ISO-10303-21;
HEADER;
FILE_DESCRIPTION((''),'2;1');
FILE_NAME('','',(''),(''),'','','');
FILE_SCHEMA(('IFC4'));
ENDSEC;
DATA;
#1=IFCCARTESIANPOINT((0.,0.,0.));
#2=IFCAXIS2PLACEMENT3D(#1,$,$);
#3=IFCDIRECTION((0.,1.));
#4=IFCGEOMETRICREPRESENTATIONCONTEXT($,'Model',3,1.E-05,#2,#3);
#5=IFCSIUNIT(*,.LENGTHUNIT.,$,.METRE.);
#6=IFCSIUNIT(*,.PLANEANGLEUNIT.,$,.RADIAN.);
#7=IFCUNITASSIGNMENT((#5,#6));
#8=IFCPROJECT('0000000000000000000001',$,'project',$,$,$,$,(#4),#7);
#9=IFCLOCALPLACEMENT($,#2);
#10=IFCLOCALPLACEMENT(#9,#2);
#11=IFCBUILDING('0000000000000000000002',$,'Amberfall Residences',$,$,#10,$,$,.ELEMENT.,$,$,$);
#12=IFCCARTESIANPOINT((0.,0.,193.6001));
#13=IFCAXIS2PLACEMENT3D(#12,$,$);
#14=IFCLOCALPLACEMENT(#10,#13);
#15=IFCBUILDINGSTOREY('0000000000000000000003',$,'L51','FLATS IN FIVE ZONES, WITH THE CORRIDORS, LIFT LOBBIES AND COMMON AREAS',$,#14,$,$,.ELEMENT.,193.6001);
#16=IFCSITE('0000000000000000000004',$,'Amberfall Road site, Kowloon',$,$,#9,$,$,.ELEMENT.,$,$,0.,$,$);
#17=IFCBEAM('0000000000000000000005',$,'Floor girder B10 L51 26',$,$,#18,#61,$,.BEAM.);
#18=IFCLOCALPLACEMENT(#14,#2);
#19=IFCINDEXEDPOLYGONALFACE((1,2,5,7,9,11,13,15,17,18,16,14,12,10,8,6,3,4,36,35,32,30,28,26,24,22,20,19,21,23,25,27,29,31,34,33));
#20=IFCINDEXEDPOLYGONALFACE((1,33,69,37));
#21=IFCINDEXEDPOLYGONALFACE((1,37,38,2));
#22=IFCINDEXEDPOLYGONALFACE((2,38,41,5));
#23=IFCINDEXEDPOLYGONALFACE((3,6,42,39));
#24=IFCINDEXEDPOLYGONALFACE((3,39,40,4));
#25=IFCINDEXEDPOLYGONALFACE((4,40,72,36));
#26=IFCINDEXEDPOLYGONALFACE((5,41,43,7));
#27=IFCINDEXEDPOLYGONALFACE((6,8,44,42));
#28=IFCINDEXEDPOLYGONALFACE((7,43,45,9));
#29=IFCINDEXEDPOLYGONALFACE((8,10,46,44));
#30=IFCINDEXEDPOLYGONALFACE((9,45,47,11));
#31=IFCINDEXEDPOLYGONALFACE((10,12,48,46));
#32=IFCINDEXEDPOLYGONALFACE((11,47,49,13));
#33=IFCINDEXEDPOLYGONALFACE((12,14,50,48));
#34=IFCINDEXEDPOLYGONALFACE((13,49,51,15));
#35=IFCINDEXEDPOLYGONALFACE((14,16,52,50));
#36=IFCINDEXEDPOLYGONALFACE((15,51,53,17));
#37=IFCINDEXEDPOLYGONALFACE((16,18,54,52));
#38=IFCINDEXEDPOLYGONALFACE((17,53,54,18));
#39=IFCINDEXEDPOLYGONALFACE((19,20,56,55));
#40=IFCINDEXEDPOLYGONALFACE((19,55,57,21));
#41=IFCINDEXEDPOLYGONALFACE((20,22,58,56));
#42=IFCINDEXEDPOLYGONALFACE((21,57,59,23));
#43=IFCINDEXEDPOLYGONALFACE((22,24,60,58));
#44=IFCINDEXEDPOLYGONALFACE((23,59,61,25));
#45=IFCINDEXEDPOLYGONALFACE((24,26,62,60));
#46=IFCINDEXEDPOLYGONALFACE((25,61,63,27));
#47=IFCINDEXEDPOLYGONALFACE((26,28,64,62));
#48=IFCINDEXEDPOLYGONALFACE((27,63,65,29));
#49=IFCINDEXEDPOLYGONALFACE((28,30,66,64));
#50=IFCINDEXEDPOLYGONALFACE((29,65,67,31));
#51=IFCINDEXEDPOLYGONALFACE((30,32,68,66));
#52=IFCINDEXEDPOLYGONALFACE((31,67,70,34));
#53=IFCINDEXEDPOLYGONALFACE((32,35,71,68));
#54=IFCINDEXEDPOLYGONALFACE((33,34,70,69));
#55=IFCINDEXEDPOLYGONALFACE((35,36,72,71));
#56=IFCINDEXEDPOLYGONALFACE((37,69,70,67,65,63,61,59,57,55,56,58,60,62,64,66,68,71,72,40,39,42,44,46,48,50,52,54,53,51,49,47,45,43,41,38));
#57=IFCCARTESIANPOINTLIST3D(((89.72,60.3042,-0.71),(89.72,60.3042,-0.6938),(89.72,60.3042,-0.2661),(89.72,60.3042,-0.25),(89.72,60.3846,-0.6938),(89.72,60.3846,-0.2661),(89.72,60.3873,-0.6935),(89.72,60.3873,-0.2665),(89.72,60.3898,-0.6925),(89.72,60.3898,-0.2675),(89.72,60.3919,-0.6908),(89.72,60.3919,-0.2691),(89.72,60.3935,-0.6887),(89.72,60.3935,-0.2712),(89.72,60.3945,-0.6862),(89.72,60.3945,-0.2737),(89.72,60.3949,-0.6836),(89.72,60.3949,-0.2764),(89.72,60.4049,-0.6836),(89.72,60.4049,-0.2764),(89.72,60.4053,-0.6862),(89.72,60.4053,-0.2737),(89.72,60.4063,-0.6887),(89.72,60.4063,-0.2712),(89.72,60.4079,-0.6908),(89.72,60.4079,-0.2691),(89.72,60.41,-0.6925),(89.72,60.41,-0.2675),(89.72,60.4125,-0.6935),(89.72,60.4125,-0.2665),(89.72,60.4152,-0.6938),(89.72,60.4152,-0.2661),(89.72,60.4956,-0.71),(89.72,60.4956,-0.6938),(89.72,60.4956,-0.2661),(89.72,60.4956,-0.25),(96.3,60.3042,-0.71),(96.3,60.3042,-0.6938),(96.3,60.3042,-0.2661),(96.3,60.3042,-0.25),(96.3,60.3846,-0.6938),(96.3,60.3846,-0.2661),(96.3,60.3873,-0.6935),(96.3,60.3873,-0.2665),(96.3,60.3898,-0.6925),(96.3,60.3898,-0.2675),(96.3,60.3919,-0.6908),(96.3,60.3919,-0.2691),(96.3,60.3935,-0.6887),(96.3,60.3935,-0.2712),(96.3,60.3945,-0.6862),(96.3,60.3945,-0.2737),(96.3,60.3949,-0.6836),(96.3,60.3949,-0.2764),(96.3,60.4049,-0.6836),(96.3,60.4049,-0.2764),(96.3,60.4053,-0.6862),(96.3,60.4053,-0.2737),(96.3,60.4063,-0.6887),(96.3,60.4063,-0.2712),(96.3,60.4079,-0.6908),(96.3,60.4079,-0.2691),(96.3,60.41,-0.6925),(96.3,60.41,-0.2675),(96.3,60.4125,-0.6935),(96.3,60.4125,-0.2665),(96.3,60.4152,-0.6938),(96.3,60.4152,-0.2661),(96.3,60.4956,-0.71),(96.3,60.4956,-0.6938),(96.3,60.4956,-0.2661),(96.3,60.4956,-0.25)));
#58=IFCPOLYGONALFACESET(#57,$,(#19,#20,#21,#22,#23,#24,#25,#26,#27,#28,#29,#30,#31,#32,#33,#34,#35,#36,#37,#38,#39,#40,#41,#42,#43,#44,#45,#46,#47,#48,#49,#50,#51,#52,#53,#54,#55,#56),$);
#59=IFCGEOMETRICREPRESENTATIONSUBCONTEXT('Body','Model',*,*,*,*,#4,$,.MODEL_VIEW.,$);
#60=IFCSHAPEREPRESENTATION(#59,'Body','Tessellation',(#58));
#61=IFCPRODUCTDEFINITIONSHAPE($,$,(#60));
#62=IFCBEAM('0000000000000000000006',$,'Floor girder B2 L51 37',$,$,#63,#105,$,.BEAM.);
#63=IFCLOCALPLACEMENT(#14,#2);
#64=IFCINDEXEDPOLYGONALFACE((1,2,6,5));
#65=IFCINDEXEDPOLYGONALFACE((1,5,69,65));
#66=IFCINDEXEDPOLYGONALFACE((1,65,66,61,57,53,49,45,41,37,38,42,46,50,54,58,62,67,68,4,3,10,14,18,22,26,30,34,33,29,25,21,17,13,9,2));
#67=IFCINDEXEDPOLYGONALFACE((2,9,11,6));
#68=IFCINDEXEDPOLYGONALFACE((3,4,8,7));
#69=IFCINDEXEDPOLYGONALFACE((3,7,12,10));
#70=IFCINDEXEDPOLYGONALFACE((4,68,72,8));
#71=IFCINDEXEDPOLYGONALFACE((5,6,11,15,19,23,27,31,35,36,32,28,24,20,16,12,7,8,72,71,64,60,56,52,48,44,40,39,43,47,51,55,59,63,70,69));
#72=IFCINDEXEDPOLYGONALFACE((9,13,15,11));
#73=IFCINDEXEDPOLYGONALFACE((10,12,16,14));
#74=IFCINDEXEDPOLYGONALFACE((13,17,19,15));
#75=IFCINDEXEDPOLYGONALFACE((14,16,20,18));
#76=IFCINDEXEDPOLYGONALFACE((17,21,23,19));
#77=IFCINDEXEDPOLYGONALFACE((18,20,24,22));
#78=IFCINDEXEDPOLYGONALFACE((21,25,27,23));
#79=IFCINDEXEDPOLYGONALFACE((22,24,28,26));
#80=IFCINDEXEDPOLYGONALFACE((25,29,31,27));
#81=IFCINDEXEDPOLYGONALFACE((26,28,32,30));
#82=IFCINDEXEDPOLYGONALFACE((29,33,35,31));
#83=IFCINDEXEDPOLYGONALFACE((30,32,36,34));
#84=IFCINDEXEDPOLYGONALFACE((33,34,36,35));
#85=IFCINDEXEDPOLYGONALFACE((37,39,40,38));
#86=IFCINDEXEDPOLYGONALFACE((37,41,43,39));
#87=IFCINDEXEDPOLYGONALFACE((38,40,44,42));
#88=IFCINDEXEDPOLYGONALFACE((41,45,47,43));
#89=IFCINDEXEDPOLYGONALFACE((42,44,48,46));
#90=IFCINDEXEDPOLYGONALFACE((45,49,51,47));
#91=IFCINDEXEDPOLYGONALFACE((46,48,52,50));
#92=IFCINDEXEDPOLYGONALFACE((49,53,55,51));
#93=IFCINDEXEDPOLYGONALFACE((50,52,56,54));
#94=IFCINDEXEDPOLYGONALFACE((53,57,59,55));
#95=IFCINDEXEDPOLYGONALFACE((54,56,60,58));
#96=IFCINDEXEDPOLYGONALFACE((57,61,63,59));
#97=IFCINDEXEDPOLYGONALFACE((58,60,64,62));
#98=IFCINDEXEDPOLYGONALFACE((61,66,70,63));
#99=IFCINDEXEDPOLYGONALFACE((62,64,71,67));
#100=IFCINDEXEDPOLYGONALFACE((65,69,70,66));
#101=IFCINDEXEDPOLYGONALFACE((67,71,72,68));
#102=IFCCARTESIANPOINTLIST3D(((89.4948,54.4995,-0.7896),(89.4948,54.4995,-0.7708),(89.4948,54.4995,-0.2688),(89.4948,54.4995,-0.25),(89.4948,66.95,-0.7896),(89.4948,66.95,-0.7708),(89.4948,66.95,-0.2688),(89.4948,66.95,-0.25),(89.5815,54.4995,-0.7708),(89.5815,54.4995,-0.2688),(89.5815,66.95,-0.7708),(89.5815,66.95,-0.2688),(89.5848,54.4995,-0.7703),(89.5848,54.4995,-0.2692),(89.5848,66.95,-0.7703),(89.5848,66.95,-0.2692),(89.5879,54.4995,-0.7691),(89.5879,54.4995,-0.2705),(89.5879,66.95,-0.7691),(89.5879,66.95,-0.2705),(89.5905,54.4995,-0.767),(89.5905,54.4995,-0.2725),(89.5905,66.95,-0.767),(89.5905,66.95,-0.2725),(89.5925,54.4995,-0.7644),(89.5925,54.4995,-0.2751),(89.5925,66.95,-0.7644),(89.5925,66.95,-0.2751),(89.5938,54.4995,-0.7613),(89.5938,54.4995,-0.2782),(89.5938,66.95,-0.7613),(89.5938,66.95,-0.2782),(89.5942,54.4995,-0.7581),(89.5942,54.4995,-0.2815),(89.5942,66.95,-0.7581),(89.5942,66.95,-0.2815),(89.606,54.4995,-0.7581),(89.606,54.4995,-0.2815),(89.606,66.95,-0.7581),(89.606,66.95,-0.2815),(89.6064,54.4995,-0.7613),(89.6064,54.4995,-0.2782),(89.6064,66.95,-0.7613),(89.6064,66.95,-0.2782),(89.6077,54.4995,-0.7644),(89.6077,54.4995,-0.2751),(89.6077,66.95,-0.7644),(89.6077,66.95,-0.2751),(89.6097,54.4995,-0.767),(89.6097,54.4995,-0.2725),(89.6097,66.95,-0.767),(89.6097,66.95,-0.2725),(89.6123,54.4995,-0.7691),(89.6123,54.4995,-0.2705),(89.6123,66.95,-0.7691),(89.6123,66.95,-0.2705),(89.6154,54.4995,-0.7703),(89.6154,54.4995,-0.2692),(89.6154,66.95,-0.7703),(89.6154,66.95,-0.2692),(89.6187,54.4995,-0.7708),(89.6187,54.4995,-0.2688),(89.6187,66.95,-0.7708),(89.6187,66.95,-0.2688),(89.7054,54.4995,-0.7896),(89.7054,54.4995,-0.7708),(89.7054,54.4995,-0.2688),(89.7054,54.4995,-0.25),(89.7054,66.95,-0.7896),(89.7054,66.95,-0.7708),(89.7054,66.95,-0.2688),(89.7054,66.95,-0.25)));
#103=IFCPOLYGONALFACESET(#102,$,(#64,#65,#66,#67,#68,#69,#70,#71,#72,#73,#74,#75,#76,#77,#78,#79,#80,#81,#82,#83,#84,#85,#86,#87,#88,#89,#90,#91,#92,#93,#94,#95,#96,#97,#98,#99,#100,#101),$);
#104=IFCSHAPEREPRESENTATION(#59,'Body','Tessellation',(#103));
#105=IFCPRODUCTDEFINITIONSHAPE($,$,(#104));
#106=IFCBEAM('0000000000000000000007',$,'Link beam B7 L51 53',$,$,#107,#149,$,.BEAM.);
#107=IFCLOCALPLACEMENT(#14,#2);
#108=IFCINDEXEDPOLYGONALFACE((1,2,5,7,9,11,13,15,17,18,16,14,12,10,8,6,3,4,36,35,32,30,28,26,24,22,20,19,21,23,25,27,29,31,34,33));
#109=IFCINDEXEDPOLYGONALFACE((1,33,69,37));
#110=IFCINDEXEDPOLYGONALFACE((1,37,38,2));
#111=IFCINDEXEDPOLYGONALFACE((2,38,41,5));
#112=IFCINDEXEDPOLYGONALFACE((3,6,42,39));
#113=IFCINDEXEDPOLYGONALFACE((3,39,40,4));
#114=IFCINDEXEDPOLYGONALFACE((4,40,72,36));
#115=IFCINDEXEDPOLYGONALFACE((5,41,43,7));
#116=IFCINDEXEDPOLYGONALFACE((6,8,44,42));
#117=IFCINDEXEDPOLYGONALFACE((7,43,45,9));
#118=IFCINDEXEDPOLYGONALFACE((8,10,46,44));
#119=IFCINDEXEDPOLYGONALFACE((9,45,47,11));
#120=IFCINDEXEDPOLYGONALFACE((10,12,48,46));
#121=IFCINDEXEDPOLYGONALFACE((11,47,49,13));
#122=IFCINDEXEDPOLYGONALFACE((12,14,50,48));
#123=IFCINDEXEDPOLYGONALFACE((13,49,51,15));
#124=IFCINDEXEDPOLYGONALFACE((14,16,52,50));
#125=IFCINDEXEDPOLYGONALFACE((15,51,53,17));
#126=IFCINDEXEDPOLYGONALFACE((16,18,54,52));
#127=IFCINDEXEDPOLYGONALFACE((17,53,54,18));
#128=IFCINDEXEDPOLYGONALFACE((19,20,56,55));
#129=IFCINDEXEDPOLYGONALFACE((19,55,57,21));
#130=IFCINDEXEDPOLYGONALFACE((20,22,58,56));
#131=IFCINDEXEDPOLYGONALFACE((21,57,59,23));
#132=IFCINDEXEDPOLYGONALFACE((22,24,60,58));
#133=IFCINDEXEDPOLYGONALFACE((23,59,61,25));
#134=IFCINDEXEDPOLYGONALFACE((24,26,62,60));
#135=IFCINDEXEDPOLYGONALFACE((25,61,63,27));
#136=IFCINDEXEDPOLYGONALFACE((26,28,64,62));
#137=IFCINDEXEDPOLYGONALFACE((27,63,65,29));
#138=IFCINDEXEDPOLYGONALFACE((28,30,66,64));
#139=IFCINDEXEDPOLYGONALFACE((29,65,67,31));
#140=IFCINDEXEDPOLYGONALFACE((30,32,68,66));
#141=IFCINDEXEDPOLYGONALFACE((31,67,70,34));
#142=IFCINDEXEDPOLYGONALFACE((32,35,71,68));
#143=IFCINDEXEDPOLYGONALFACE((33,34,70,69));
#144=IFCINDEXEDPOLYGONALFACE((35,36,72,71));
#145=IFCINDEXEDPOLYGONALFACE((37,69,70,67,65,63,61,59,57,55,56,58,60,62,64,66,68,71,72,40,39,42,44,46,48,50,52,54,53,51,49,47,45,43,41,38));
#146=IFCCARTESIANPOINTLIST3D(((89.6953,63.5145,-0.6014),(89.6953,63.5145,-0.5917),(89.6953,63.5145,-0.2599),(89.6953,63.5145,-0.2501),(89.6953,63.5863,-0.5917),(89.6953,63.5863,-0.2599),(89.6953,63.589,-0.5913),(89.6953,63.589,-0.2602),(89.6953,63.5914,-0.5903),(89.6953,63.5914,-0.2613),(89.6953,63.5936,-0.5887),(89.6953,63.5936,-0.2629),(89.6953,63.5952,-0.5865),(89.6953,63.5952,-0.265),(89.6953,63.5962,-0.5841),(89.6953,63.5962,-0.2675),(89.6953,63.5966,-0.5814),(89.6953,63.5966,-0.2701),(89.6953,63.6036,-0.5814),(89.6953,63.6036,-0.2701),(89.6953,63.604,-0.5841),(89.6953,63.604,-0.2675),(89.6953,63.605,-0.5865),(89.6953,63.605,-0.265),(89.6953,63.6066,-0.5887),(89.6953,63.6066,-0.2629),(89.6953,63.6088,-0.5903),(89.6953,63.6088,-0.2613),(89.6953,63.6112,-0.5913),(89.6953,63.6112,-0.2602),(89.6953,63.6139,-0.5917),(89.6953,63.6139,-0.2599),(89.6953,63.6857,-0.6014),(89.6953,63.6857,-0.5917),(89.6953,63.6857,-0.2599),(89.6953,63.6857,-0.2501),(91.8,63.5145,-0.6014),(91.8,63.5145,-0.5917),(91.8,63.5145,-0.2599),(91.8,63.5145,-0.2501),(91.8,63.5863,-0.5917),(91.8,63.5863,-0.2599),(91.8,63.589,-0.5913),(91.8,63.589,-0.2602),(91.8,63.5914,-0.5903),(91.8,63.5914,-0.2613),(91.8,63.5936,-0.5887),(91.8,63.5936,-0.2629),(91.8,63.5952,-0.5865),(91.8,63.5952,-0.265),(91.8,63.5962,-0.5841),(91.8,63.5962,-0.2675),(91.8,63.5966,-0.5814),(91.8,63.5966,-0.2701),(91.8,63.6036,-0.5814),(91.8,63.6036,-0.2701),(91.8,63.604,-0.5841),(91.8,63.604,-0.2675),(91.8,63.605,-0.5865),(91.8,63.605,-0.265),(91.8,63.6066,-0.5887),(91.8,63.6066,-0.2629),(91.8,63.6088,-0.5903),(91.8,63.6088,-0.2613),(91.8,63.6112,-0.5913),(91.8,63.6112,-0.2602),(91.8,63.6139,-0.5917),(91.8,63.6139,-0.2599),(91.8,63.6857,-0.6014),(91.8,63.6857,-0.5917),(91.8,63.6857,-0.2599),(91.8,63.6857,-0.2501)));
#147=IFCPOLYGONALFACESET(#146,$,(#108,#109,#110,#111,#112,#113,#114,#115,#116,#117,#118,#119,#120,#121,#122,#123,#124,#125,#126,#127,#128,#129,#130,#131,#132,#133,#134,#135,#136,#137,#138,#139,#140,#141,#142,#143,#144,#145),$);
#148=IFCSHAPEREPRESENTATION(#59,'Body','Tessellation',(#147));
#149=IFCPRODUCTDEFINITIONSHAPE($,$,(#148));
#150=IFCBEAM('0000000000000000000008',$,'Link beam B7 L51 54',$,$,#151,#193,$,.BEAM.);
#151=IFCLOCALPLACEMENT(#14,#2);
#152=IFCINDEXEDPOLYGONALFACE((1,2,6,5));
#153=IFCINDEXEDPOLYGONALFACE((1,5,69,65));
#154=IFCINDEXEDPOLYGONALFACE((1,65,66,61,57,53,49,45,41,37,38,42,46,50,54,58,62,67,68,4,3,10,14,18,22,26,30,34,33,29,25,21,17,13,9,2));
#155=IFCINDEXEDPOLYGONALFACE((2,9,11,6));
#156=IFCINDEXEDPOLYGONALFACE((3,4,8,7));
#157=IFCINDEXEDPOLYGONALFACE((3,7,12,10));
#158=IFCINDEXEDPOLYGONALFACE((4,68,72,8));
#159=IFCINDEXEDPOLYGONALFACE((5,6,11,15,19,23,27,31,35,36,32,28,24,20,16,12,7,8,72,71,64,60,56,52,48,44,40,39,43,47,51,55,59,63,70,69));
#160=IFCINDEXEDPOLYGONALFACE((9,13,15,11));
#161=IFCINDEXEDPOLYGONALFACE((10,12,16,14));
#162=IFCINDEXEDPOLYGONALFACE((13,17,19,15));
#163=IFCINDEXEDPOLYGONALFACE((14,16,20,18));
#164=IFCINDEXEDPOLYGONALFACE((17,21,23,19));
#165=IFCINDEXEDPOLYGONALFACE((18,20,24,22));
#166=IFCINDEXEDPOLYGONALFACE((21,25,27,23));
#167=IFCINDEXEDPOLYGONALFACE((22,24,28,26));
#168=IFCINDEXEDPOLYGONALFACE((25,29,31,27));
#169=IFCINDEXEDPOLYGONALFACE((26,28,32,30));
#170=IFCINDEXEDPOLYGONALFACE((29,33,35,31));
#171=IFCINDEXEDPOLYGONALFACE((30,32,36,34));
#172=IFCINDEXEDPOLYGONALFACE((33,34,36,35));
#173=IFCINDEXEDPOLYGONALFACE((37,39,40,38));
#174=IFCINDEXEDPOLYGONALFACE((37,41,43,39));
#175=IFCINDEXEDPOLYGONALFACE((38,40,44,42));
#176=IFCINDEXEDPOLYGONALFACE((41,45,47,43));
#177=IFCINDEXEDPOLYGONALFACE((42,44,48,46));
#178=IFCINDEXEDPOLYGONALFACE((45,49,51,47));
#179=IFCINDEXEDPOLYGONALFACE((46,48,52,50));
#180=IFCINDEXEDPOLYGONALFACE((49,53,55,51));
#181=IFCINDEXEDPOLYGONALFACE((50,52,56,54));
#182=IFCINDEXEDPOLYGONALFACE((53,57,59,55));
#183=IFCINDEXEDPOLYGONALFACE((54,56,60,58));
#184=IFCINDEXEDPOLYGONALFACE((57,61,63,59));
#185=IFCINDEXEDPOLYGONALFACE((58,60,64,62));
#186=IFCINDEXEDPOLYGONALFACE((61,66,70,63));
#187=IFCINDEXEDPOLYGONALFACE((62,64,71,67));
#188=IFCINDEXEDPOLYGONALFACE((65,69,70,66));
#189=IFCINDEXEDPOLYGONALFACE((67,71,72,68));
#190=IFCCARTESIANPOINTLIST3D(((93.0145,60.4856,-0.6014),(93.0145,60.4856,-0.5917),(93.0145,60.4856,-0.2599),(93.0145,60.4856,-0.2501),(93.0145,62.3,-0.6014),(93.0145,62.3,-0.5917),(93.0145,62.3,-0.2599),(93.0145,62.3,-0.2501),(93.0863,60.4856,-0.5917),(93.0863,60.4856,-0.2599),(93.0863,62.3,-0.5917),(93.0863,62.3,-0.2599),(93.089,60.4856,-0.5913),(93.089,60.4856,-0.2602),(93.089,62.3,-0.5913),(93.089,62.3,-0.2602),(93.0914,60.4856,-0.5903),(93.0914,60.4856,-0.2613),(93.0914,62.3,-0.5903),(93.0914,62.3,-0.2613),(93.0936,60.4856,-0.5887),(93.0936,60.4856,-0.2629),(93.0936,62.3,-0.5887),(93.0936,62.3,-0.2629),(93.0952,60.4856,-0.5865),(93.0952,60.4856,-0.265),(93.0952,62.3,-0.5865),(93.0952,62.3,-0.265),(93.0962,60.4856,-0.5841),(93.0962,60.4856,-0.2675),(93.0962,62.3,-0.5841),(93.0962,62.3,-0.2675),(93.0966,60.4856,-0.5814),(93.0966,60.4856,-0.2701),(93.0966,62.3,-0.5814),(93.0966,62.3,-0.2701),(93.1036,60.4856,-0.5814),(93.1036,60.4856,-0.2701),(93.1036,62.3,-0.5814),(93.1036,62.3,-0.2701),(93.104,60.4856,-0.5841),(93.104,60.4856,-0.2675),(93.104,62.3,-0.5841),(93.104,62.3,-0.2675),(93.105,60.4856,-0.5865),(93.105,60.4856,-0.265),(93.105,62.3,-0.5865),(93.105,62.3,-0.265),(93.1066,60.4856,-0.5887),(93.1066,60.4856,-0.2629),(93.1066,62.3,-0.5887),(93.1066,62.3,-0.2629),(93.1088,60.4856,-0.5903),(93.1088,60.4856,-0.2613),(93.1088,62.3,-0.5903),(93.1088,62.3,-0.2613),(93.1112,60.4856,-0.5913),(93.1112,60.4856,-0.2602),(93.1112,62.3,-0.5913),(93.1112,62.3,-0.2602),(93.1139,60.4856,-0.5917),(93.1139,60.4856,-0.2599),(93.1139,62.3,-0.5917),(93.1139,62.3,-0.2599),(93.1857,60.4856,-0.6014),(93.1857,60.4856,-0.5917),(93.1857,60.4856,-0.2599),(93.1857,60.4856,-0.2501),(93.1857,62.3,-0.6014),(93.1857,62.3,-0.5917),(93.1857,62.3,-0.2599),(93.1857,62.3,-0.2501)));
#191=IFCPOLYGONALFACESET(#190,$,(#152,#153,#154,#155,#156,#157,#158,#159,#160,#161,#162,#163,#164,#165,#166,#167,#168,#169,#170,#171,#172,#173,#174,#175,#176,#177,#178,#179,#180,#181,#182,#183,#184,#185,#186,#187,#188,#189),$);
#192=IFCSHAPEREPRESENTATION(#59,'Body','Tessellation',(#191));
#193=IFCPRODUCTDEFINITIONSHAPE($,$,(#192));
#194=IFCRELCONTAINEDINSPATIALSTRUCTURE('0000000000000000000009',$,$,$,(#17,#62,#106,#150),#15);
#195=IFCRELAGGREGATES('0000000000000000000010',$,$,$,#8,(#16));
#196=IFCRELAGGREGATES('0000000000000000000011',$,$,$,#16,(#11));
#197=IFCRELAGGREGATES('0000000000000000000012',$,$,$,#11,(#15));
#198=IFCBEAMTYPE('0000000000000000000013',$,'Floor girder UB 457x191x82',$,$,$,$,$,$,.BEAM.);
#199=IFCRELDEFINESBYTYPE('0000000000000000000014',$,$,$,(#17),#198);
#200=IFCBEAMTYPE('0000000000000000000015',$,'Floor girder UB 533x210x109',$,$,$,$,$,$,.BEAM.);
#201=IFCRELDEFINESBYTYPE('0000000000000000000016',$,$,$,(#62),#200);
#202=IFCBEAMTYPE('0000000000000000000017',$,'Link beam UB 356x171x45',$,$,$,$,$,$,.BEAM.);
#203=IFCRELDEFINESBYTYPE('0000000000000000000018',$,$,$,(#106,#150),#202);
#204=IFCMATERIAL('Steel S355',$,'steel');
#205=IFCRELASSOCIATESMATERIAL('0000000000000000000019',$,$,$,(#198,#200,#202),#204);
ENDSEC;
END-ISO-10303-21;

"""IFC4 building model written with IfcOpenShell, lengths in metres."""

from ifc_helpers import new_model, si_unit, direction, frame, origin, origin_2d, place, context, subcontext, project, spatial, i_section, extrude, material, material_profile, profile_set, type_object, element, save


model = new_model("IFC4")

# Units and contexts
model_context = context("Model", 3, precision=1e-05, world=origin(), true_north=direction((0.0, 1.0)))
body_context = subcontext(model_context, "Body", "Model", "MODEL_VIEW")
ifc_project = project(units=[si_unit("LENGTHUNIT", "METRE"), si_unit("PLANEANGLEUNIT", "RADIAN")], contexts=[model_context])

# Site, building, storey
site_placement = place(None, origin())
site = spatial("IfcSite", under=ifc_project, at=site_placement, Name="Amberfall Road site, Kowloon", CompositionType="ELEMENT", RefElevation=0.0)
building_placement = place(site_placement, origin())
building = spatial("IfcBuilding", under=site, at=building_placement, Name="Amberfall Residences", CompositionType="ELEMENT")
storey_placement = place(building_placement, frame((0.0, 0.0, 193.6001)))
storey = spatial("IfcBuildingStorey", under=building, at=storey_placement, Name="L51", Description="FLATS IN FIVE ZONES, WITH THE CORRIDORS, LIFT LOBBIES AND COMMON AREAS", CompositionType="ELEMENT", Elevation=193.6001)

# Shared definitions
ifc_material_1 = material(Name="Steel S355", Category="steel")

# Beams
ifc_material_profile_1 = material_profile(ifc_material_1, i_section(OverallWidth=0.1914, OverallDepth=0.46, WebThickness=0.01, FlangeThickness=0.0161, FilletRadius=0.0103, at=origin_2d()), Name="UB 457x191x82")
ifc_profile_set_1 = profile_set([ifc_material_profile_1], Name="Steel S355")
beam_type_1 = type_object("IfcBeamType", Name="Floor girder UB 457x191x82", PredefinedType="BEAM", material=ifc_profile_set_1)
beam_1_placement = place(storey_placement, frame((96.3, 60.3999, -0.48), z_axis=(-1.0, 0.0, 0.0), x_axis=(0.0, -1.0, 0.0)))
element("IfcBeam", 1, at=beam_1_placement, inside=storey, type_object=beam_type_1, Name="Floor girder B10 L51 26", PredefinedType="BEAM", context=body_context, shape_type="SweptSolid", body=[
    extrude(i_section(OverallWidth=0.1914, OverallDepth=0.46, WebThickness=0.01, FlangeThickness=0.0161, FilletRadius=0.0103, at=origin_2d()), origin(), (0.0, 0.0, 1.0), 6.5801),
])
ifc_material_profile_2 = material_profile(ifc_material_1, i_section(OverallWidth=0.2107, OverallDepth=0.5396, WebThickness=0.0117, FlangeThickness=0.0188, FilletRadius=0.0127, at=origin_2d()), Name="UB 533x210x109")
ifc_profile_set_2 = profile_set([ifc_material_profile_2], Name="Steel S355")
beam_type_2 = type_object("IfcBeamType", Name="Floor girder UB 533x210x109", PredefinedType="BEAM", material=ifc_profile_set_2)
beam_2_placement = place(storey_placement, frame((89.6001, 66.95, -0.5198), z_axis=(0.0, -1.0, 0.0), x_axis=(1.0, 0.0, 0.0)))
element("IfcBeam", 2, at=beam_2_placement, inside=storey, type_object=beam_type_2, Name="Floor girder B2 L51 37", PredefinedType="BEAM", context=body_context, shape_type="SweptSolid", body=[
    extrude(i_section(OverallWidth=0.2107, OverallDepth=0.5396, WebThickness=0.0117, FlangeThickness=0.0188, FilletRadius=0.0127, at=origin_2d()), origin(), (0.0, 0.0, 1.0), 12.4504),
])
ifc_material_profile_3 = material_profile(ifc_material_1, i_section(OverallWidth=0.1711, OverallDepth=0.3513, WebThickness=0.0071, FlangeThickness=0.0098, FilletRadius=0.0103, at=origin_2d()), Name="UB 356x171x45")
ifc_profile_set_3 = profile_set([ifc_material_profile_3], Name="Steel S355")
beam_type_3 = type_object("IfcBeamType", Name="Link beam UB 356x171x45", PredefinedType="BEAM", material=ifc_profile_set_3)
beam_3_placement = place(storey_placement, frame((91.8, 63.6001, -0.4258), z_axis=(-1.0, 0.0, 0.0), x_axis=(0.0, -1.0, 0.0)))
element("IfcBeam", 3, at=beam_3_placement, inside=storey, type_object=beam_type_3, Name="Link beam B7 L51 53", PredefinedType="BEAM", context=body_context, shape_type="SweptSolid", body=[
    extrude(i_section(OverallWidth=0.1711, OverallDepth=0.3513, WebThickness=0.0071, FlangeThickness=0.0098, FilletRadius=0.0103, at=origin_2d()), origin(), (0.0, 0.0, 1.0), 2.1047),
])
beam_4_placement = place(storey_placement, frame((93.1001, 62.3, -0.4258), z_axis=(0.0, -1.0, 0.0), x_axis=(1.0, 0.0, 0.0)))
element("IfcBeam", 4, at=beam_4_placement, inside=storey, type_object=beam_type_3, Name="Link beam B7 L51 54", PredefinedType="BEAM", context=body_context, shape_type="SweptSolid", body=[
    extrude(i_section(OverallWidth=0.1711, OverallDepth=0.3513, WebThickness=0.0071, FlangeThickness=0.0098, FilletRadius=0.0103, at=origin_2d()), origin(), (0.0, 0.0, 1.0), 1.8145),
])

save(model, "model.ifc")
